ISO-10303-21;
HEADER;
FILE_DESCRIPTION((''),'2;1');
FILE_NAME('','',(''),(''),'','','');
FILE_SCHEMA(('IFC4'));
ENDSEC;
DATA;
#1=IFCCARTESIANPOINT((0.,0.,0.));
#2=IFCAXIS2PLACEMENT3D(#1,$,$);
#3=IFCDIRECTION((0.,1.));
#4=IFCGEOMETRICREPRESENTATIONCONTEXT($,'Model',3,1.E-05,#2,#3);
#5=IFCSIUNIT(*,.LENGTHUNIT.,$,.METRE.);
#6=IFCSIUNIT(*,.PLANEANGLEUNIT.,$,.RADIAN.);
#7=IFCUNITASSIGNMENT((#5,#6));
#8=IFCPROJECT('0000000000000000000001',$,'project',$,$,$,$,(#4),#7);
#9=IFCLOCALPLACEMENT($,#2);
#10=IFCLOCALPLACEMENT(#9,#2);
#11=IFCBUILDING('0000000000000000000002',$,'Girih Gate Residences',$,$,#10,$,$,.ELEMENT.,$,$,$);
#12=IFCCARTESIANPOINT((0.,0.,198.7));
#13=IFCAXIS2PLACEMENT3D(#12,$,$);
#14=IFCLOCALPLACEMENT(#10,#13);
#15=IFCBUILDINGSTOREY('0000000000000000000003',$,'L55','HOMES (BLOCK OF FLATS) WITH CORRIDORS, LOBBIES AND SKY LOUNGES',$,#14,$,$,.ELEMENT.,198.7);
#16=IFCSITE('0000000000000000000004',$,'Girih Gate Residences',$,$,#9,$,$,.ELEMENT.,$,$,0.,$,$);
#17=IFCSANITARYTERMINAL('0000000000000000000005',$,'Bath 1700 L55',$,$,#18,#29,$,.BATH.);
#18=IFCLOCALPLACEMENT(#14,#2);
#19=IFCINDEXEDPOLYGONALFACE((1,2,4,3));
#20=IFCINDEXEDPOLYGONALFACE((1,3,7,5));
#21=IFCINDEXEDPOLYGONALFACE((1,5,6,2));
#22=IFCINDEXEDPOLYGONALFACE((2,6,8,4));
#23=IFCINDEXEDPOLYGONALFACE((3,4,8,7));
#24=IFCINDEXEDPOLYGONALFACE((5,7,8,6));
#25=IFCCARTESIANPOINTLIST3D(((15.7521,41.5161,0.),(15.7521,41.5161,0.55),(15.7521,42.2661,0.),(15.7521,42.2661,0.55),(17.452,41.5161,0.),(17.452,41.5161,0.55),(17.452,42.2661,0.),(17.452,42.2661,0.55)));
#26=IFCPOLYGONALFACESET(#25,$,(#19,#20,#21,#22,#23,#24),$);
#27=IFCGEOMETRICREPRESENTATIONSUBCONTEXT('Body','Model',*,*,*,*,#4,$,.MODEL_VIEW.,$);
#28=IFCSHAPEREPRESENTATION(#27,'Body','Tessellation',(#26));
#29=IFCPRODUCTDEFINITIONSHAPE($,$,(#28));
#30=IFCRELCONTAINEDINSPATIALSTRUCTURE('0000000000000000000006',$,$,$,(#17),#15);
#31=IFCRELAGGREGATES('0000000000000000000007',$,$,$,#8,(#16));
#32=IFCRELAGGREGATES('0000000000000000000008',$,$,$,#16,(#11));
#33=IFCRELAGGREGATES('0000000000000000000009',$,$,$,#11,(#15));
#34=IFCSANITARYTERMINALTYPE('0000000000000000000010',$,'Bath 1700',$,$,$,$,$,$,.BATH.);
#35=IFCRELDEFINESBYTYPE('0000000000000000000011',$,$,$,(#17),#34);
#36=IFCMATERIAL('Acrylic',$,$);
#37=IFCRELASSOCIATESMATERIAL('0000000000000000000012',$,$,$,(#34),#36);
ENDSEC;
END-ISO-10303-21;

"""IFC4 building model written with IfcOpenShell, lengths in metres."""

from ifc_helpers import new_model, si_unit, direction, frame, origin, origin_2d, place, context, subcontext, project, spatial, rectangle, extrude, material, type_object, element, save


model = new_model("IFC4")

# Units and contexts
model_context = context("Model", 3, precision=1e-05, world=origin(), true_north=direction((0.0, 1.0)))
body_context = subcontext(model_context, "Body", "Model", "MODEL_VIEW")
ifc_project = project(units=[si_unit("LENGTHUNIT", "METRE"), si_unit("PLANEANGLEUNIT", "RADIAN")], contexts=[model_context])

# Site, building, storey
site_placement = place(None, origin())
site = spatial("IfcSite", under=ifc_project, at=site_placement, Name="Girih Gate Residences", CompositionType="ELEMENT", RefElevation=0.0)
building_placement = place(site_placement, origin())
building = spatial("IfcBuilding", under=site, at=building_placement, Name="Girih Gate Residences", CompositionType="ELEMENT")
storey_placement = place(building_placement, frame((0.0, 0.0, 198.7)))
storey = spatial("IfcBuildingStorey", under=building, at=storey_placement, Name="L55", Description="HOMES (BLOCK OF FLATS) WITH CORRIDORS, LOBBIES AND SKY LOUNGES", CompositionType="ELEMENT", Elevation=198.7)

# Sanitary terminal
ifc_material_1 = material(Name="Acrylic")
sanitary_terminal_type = type_object("IfcSanitaryTerminalType", Name="Bath 1700", PredefinedType="BATH", material=ifc_material_1)
sanitary_terminal_placement = place(storey_placement, frame((16.6021, 41.8911, 0.0), z_axis=(0.0, 0.0, 1.0), x_axis=(1.0, 0.0, 0.0)))
element("IfcSanitaryTerminal", 1, at=sanitary_terminal_placement, inside=storey, type_object=sanitary_terminal_type, Name="Bath 1700 L55", PredefinedType="BATH", context=body_context, shape_type="SweptSolid", body=[
    extrude(rectangle(XDim=1.7, YDim=0.75, at=origin_2d()), origin(), (0.0, 0.0, 1.0), 0.55),
])

save(model, "model.ifc")
